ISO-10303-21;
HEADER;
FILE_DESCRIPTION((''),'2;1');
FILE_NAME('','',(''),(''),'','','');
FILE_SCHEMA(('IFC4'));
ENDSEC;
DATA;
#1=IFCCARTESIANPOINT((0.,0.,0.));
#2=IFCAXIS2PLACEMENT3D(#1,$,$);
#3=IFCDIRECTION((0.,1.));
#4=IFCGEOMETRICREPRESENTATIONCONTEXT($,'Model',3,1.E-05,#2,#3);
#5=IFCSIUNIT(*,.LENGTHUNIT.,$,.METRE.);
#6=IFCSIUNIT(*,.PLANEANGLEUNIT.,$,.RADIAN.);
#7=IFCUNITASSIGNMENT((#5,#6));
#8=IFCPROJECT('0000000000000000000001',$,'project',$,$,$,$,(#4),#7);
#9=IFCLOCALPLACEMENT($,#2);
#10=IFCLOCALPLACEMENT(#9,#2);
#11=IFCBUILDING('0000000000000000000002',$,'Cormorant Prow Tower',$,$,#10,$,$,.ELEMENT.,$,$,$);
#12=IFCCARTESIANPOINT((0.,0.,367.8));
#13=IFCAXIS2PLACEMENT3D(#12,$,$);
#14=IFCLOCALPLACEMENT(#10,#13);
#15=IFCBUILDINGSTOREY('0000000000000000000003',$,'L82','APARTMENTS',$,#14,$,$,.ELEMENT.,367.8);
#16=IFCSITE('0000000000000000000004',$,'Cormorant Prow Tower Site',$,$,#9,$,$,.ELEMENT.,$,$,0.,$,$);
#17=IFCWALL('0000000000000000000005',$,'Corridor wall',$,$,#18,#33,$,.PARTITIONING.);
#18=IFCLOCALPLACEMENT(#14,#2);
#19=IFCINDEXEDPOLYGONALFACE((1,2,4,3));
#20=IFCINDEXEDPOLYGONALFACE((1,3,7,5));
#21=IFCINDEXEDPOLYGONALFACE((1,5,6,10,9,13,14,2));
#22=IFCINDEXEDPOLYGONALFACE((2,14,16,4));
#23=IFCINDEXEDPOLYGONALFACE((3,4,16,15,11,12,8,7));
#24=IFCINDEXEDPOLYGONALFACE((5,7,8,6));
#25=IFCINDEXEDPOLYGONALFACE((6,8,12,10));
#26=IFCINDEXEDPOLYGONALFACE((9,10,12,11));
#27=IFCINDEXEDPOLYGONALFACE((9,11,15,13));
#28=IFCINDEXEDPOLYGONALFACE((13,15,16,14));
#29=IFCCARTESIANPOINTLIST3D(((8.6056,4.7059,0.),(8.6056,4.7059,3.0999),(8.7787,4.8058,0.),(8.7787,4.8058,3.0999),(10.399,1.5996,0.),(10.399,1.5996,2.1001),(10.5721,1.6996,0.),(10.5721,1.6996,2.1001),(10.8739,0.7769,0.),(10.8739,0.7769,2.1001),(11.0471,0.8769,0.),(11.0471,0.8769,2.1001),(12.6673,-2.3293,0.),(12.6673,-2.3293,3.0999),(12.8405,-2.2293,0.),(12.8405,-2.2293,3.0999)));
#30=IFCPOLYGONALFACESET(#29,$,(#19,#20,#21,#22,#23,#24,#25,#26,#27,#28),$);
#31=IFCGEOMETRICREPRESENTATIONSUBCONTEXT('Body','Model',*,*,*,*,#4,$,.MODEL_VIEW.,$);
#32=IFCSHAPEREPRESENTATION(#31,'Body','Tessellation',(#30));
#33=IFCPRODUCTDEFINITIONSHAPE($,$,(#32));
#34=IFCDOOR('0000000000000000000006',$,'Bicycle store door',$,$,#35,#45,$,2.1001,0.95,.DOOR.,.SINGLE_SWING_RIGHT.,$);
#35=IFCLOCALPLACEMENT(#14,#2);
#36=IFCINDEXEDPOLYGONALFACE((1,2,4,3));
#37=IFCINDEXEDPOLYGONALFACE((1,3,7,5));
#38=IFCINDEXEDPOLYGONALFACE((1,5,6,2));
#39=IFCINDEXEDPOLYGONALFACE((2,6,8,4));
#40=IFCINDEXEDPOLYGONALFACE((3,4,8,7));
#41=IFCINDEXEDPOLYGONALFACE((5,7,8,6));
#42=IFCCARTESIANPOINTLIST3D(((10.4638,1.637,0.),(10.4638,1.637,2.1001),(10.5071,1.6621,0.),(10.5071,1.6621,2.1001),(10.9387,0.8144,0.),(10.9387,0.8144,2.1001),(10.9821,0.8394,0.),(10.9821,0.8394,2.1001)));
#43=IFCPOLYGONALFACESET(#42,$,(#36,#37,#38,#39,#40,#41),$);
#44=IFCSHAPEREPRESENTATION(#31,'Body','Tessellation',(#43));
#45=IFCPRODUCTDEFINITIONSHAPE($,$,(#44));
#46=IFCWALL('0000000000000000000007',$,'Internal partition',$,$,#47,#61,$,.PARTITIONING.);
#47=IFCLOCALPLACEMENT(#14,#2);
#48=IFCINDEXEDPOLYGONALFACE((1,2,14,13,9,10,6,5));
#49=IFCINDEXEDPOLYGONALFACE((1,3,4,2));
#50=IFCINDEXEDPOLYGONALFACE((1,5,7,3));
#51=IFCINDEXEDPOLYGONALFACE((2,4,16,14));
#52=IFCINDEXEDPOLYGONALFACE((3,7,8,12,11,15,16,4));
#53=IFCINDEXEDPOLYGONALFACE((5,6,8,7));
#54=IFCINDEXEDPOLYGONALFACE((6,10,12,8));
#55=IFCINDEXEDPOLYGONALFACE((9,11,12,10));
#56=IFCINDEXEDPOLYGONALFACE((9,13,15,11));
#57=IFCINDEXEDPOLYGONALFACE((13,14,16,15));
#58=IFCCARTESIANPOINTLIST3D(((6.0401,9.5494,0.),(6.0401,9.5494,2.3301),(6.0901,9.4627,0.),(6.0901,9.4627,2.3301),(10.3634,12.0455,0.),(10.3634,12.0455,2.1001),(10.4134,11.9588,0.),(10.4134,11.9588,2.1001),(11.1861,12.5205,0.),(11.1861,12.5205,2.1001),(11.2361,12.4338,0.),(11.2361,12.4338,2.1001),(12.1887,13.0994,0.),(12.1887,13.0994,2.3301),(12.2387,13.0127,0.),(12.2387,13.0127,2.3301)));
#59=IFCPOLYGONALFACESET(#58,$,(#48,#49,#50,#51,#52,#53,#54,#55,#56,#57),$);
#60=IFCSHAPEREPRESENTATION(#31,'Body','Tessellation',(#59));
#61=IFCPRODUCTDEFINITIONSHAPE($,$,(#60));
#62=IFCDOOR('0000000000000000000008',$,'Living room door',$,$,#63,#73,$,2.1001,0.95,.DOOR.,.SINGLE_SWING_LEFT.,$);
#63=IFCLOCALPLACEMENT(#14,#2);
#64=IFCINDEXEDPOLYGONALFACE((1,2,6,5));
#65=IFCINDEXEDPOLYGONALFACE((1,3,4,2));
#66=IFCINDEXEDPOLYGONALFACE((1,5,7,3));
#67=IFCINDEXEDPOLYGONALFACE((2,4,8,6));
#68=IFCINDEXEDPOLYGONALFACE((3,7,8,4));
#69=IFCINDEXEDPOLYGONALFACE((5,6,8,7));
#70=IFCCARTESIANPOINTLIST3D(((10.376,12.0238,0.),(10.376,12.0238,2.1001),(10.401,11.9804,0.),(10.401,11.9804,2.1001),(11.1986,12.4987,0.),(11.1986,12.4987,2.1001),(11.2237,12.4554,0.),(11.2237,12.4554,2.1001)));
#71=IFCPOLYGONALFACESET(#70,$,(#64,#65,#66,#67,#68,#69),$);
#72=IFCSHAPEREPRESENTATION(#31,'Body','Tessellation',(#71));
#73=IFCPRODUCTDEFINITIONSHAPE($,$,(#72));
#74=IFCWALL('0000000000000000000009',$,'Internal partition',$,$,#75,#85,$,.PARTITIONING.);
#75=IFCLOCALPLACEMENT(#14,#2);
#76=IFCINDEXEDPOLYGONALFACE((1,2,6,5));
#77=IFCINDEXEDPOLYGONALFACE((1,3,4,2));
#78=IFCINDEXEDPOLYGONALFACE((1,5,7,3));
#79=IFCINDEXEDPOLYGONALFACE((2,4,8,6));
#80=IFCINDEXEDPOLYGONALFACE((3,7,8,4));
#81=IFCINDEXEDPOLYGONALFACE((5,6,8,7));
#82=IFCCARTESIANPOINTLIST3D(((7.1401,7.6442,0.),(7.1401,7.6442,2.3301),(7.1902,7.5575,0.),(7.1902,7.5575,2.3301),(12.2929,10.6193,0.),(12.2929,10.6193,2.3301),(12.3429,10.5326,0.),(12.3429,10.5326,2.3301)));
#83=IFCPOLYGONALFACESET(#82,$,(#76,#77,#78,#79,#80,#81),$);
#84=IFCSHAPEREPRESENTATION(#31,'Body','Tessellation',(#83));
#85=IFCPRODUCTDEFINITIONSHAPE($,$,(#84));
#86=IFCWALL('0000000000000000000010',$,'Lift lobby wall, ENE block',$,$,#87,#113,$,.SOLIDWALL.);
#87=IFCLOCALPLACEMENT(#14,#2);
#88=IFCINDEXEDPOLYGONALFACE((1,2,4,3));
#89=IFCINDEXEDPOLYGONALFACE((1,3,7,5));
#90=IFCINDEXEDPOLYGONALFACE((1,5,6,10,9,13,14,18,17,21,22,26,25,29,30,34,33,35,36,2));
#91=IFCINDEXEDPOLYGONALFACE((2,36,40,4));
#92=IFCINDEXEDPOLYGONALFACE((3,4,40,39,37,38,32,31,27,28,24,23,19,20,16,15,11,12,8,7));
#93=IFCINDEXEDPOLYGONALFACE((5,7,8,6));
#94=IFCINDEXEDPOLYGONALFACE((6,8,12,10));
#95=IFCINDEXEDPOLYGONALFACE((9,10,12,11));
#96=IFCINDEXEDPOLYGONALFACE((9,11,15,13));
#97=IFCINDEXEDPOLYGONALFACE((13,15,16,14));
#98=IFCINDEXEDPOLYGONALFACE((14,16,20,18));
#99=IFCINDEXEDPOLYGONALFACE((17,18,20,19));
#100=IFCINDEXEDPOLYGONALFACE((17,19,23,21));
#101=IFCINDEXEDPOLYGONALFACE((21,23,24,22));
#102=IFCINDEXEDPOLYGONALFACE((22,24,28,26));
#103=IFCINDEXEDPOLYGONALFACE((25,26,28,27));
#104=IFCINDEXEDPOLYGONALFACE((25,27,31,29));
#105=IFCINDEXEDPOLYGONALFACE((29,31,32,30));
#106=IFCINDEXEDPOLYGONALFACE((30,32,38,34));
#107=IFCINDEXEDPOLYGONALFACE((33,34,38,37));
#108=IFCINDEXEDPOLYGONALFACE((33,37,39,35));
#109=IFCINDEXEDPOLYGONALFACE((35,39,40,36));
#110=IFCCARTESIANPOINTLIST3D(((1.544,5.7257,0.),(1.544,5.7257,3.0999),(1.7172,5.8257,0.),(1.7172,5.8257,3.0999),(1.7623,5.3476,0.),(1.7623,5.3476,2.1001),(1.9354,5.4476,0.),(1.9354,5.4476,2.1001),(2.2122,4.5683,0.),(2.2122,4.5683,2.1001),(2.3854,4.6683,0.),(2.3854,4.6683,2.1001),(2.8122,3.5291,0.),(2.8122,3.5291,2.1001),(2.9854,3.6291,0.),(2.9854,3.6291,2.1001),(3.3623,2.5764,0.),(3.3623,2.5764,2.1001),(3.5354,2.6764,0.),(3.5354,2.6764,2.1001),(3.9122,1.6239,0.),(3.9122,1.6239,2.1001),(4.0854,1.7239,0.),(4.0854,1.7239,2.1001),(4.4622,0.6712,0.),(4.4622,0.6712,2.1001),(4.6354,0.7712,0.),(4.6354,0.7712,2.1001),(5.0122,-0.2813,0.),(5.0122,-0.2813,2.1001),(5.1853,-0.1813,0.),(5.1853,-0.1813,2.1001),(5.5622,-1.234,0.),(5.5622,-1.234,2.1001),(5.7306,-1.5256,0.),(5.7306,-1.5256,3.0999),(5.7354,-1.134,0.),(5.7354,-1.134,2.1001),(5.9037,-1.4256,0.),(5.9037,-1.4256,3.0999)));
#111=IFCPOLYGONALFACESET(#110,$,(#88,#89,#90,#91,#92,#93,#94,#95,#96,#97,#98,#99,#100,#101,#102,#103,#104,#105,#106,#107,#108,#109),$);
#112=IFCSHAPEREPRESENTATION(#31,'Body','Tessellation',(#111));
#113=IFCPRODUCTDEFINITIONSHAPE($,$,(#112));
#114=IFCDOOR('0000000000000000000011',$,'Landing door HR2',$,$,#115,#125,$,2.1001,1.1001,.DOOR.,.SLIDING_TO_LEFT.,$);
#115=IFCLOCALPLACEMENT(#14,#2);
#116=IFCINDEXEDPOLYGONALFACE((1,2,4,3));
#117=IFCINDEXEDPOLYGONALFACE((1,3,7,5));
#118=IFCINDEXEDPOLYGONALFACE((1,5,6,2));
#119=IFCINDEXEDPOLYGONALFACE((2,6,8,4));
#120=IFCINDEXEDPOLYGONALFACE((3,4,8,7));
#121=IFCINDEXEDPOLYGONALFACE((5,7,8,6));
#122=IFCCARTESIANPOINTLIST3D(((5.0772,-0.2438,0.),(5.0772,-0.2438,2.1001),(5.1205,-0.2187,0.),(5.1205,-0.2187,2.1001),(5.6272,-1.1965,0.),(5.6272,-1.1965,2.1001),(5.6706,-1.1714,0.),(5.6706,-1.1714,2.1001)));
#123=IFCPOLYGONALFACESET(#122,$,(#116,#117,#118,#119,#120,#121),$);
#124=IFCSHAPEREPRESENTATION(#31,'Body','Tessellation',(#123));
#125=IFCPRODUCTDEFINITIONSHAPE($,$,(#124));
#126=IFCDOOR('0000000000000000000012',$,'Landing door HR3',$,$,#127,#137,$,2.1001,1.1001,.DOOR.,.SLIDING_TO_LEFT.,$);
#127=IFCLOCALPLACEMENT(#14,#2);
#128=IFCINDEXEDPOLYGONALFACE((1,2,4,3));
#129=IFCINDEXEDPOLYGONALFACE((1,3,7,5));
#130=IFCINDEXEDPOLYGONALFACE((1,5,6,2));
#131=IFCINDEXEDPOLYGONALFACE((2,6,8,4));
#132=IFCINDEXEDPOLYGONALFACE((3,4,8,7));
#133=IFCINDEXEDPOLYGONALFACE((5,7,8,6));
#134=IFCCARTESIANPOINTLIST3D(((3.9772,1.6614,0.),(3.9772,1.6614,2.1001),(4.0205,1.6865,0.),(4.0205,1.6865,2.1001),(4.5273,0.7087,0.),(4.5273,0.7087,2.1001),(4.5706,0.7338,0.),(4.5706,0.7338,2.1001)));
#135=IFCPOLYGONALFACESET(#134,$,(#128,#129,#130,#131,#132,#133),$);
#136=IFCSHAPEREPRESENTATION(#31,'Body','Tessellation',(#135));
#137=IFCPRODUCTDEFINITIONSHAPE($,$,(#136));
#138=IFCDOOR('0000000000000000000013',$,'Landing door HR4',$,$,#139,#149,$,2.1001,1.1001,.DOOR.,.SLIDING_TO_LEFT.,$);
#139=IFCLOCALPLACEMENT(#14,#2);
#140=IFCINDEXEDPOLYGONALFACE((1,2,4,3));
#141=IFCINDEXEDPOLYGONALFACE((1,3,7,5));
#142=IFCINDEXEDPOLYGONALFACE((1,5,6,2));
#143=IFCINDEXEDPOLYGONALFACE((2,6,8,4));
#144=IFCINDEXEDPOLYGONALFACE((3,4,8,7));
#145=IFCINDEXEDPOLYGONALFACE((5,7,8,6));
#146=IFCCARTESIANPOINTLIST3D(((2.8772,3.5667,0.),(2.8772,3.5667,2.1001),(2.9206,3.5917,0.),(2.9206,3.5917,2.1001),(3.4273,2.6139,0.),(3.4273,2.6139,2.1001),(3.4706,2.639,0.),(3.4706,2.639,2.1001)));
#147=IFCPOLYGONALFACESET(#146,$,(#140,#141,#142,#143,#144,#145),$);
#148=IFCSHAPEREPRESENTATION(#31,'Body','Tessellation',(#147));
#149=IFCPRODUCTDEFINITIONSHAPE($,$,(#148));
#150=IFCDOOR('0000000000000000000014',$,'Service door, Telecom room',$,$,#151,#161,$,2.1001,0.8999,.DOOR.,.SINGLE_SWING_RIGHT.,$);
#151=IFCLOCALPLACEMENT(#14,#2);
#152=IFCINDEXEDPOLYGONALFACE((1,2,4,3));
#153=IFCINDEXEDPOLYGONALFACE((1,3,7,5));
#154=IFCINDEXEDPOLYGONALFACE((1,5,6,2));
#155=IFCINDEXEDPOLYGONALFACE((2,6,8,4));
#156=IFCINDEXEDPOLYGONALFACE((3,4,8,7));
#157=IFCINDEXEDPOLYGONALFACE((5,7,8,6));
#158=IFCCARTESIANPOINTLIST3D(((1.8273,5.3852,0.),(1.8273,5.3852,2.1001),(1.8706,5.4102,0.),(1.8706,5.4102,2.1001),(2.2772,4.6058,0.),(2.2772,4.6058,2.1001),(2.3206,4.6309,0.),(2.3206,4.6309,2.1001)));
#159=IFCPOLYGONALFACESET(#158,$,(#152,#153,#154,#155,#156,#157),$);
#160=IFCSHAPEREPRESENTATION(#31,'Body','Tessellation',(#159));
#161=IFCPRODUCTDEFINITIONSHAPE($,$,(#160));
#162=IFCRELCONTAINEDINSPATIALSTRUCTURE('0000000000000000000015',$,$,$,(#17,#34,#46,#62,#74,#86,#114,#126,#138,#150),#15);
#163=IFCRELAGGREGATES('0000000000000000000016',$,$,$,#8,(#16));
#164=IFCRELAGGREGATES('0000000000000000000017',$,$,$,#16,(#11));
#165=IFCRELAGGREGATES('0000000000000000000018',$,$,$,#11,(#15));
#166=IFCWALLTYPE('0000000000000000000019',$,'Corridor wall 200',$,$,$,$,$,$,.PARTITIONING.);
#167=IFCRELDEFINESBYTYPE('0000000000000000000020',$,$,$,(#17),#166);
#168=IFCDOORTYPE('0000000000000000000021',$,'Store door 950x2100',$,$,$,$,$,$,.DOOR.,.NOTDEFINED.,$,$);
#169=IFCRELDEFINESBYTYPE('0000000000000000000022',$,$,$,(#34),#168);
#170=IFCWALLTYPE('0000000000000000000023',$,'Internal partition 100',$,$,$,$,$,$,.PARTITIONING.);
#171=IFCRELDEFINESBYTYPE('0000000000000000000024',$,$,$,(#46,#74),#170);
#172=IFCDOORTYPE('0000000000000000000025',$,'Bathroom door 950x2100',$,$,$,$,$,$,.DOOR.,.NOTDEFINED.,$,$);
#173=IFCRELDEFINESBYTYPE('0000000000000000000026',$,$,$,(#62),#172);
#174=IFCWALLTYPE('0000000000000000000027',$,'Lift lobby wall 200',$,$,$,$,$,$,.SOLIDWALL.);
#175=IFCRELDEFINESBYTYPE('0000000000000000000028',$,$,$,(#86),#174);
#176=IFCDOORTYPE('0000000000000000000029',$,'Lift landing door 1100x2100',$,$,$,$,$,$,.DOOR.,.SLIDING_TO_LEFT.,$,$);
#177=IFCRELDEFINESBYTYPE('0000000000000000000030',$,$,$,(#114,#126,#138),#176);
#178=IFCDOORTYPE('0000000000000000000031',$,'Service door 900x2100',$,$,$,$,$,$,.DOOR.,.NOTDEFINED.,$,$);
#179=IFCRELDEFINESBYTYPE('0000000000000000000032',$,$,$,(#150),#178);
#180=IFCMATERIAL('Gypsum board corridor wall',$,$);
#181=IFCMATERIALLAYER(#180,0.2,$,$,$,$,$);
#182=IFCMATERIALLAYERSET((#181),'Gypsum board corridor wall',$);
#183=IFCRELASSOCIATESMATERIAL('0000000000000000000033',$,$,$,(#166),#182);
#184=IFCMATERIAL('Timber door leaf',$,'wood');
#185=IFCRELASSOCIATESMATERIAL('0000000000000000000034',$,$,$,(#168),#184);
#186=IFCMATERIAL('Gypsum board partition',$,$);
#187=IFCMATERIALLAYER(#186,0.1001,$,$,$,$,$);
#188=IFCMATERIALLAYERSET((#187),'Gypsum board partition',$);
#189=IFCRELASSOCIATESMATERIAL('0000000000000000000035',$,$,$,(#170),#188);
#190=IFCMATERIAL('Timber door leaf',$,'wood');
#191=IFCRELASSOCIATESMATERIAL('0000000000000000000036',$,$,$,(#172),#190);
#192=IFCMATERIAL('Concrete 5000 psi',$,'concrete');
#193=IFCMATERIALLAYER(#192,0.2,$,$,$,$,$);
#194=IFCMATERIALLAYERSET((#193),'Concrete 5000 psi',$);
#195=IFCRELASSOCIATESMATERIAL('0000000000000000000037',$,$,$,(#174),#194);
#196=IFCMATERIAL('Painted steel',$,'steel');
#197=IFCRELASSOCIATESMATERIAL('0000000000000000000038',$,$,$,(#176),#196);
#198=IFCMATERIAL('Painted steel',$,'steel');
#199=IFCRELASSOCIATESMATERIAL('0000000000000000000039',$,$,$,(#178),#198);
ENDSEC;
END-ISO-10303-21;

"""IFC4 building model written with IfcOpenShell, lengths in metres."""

from ifc_helpers import new_model, si_unit, direction, frame, frame_2d, origin, place, context, subcontext, project, spatial, rectangle, extrude, material, layer, layer_set, type_object, element, fill, save


model = new_model("IFC4")

# Units and contexts
model_context = context("Model", 3, precision=1e-05, world=origin(), true_north=direction((0.0, 1.0)))
body_context = subcontext(model_context, "Body", "Model", "MODEL_VIEW")
ifc_project = project(units=[si_unit("LENGTHUNIT", "METRE"), si_unit("PLANEANGLEUNIT", "RADIAN")], contexts=[model_context])

# Site, building, storey
site_placement = place(None, origin())
site = spatial("IfcSite", under=ifc_project, at=site_placement, Name="Cormorant Prow Tower Site", CompositionType="ELEMENT", RefElevation=0.0)
building_placement = place(site_placement, origin())
building = spatial("IfcBuilding", under=site, at=building_placement, Name="Cormorant Prow Tower", CompositionType="ELEMENT")
storey_placement = place(building_placement, frame((0.0, 0.0, 367.8)))
storey = spatial("IfcBuildingStorey", under=building, at=storey_placement, Name="L82", Description="APARTMENTS", CompositionType="ELEMENT", Elevation=367.8)

# Walls, openings, doors
ifc_material_1 = material(Name="Gypsum board corridor wall")
ifc_layer_1 = layer(ifc_material_1, 0.2)
ifc_layer_set_1 = layer_set([ifc_layer_1], Name="Gypsum board corridor wall")
wall_type_1 = type_object("IfcWallType", Name="Corridor wall 200", PredefinedType="PARTITIONING", material=ifc_layer_set_1)
wall_1_placement = place(storey_placement, frame((8.6921, 4.7559, 0.0), z_axis=(0.0, 0.0, 1.0), x_axis=(0.500002, -0.866024, 0.0)))
wall_1 = element("IfcWall", 1, at=wall_1_placement, inside=storey, type_object=wall_type_1, Name="Corridor wall", PredefinedType="PARTITIONING", context=body_context, shape_type="SweptSolid", body=[
    extrude(rectangle(XDim=8.1235, YDim=0.2, at=frame_2d((4.0618, 0.0))), origin(), (0.0, 0.0, 1.0), 3.0999),
])
opening_1_placement = place(wall_1_placement, frame((3.5867, 0.0, 0.0)))
opening_1 = element("IfcOpeningElement", 2, at=opening_1_placement, cuts=wall_1, PredefinedType="OPENING", context=body_context, shape_type="SweptSolid", body=[
    extrude(rectangle(XDim=0.95, YDim=2.1001, at=frame_2d((0.4751, 1.05))), frame((0.0, 0.1099, 0.0), z_axis=(0.0, -1.0, 0.0), x_axis=(1.0, 0.0, 0.0)), (0.0, 0.0, 1.0), 0.22),
])
ifc_material_2 = material(Name="Timber door leaf", Category="wood")
door_type_1 = type_object("IfcDoorType", Name="Store door 950x2100", OperationType="NOTDEFINED", PredefinedType="DOOR", material=ifc_material_2)
door_1_placement = place(opening_1_placement, origin())
door_1 = element("IfcDoor", 3, at=door_1_placement, inside=storey, type_object=door_type_1, Name="Bicycle store door", OperationType="SINGLE_SWING_RIGHT", OverallHeight=2.1001, OverallWidth=0.95, PredefinedType="DOOR", context=body_context, shape_type="SweptSolid", body=[
    extrude(rectangle(XDim=0.95, YDim=2.1001, at=frame_2d((0.4751, 1.05))), frame((0.0, 0.0249, 0.0), z_axis=(0.0, -1.0, 0.0), x_axis=(1.0, 0.0, 0.0)), (0.0, 0.0, 1.0), 0.05),
])
fill(opening_1, door_1)
ifc_material_3 = material(Name="Gypsum board partition")
ifc_layer_2 = layer(ifc_material_3, 0.1001)
ifc_layer_set_2 = layer_set([ifc_layer_2], Name="Gypsum board partition")
wall_type_2 = type_object("IfcWallType", Name="Internal partition 100", PredefinedType="PARTITIONING", material=ifc_layer_set_2)
wall_2_placement = place(storey_placement, frame((6.0652, 9.5061, 0.0), z_axis=(0.0, 0.0, 1.0), x_axis=(0.866019, 0.500011, 0.0)))
wall_2 = element("IfcWall", 4, at=wall_2_placement, inside=storey, type_object=wall_type_2, Name="Internal partition", PredefinedType="PARTITIONING", context=body_context, shape_type="SweptSolid", body=[
    extrude(rectangle(XDim=7.0999, YDim=0.1001, at=frame_2d((3.5498, 0.0))), origin(), (0.0, 0.0, 1.0), 2.3301),
])
opening_2_placement = place(wall_2_placement, frame((4.9919, 0.0, 0.0)))
opening_2 = element("IfcOpeningElement", 5, at=opening_2_placement, cuts=wall_2, PredefinedType="OPENING", context=body_context, shape_type="SweptSolid", body=[
    extrude(rectangle(XDim=0.95, YDim=2.1001, at=frame_2d((0.4751, 1.05))), frame((0.0, 0.0601, 0.0), z_axis=(0.0, -1.0, 0.0), x_axis=(1.0, 0.0, 0.0)), (0.0, 0.0, 1.0), 0.1201),
])
ifc_material_4 = material(Name="Timber door leaf", Category="wood")
door_type_2 = type_object("IfcDoorType", Name="Bathroom door 950x2100", OperationType="NOTDEFINED", PredefinedType="DOOR", material=ifc_material_4)
door_2_placement = place(opening_2_placement, origin())
door_2 = element("IfcDoor", 6, at=door_2_placement, inside=storey, type_object=door_type_2, Name="Living room door", OperationType="SINGLE_SWING_LEFT", OverallHeight=2.1001, OverallWidth=0.95, PredefinedType="DOOR", context=body_context, shape_type="SweptSolid", body=[
    extrude(rectangle(XDim=0.95, YDim=2.1001, at=frame_2d((0.4751, 1.05))), frame((0.0, 0.0249, 0.0), z_axis=(0.0, -1.0, 0.0), x_axis=(1.0, 0.0, 0.0)), (0.0, 0.0, 1.0), 0.05),
])
fill(opening_2, door_2)

# Wall
wall_3_placement = place(storey_placement, frame((7.165, 7.6008, 0.0), z_axis=(0.0, 0.0, 1.0), x_axis=(0.866017, 0.500014, 0.0)))
element("IfcWall", 7, at=wall_3_placement, inside=storey, type_object=wall_type_2, Name="Internal partition", PredefinedType="PARTITIONING", context=body_context, shape_type="SweptSolid", body=[
    extrude(rectangle(XDim=5.95, YDim=0.1001, at=frame_2d((2.9751, 0.0))), origin(), (0.0, 0.0, 1.0), 2.3301),
])

# Wall, openings, doors
ifc_material_5 = material(Name="Concrete 5000 psi", Category="concrete")
ifc_layer_3 = layer(ifc_material_5, 0.2)
ifc_layer_set_3 = layer_set([ifc_layer_3], Name="Concrete 5000 psi")
wall_type_3 = type_object("IfcWallType", Name="Lift lobby wall 200", PredefinedType="SOLIDWALL", material=ifc_layer_set_3)
wall_4_placement = place(storey_placement, frame((5.8171, -1.4756, 0.0), z_axis=(0.0, 0.0, 1.0), x_axis=(-0.500003, 0.866024, 0.0)))
wall_4 = element("IfcWall", 8, at=wall_4_placement, inside=storey, type_object=wall_type_3, Name="Lift lobby wall, ENE block", PredefinedType="SOLIDWALL", context=body_context, shape_type="SweptSolid", body=[
    extrude(rectangle(XDim=8.373, YDim=0.2, at=frame_2d((4.1865, 0.0))), origin(), (0.0, 0.0, 1.0), 3.0999),
])
opening_3_placement = place(wall_4_placement, frame((0.3367, 0.0, 0.0)))
opening_3 = element("IfcOpeningElement", 9, at=opening_3_placement, cuts=wall_4, PredefinedType="OPENING", context=body_context, shape_type="SweptSolid", body=[
    extrude(rectangle(XDim=1.1001, YDim=2.1001, at=frame_2d((0.55, 1.05))), frame((0.0, 0.1099, 0.0), z_axis=(0.0, -1.0, 0.0), x_axis=(1.0, 0.0, 0.0)), (0.0, 0.0, 1.0), 0.22),
])
opening_4_placement = place(wall_4_placement, frame((2.5366, 0.0, 0.0)))
opening_4 = element("IfcOpeningElement", 10, at=opening_4_placement, cuts=wall_4, PredefinedType="OPENING", context=body_context, shape_type="SweptSolid", body=[
    extrude(rectangle(XDim=1.1001, YDim=2.1001, at=frame_2d((0.55, 1.05))), frame((0.0, 0.1099, 0.0), z_axis=(0.0, -1.0, 0.0), x_axis=(1.0, 0.0, 0.0)), (0.0, 0.0, 1.0), 0.22),
])
opening_5_placement = place(wall_4_placement, frame((4.7366, 0.0, 0.0)))
opening_5 = element("IfcOpeningElement", 11, at=opening_5_placement, cuts=wall_4, PredefinedType="OPENING", context=body_context, shape_type="SweptSolid", body=[
    extrude(rectangle(XDim=1.1001, YDim=2.1001, at=frame_2d((0.55, 1.05))), frame((0.0, 0.1099, 0.0), z_axis=(0.0, -1.0, 0.0), x_axis=(1.0, 0.0, 0.0)), (0.0, 0.0, 1.0), 0.22),
])
opening_6_placement = place(wall_4_placement, frame((7.0366, 0.0, 0.0)))
opening_6 = element("IfcOpeningElement", 12, at=opening_6_placement, cuts=wall_4, PredefinedType="OPENING", context=body_context, shape_type="SweptSolid", body=[
    extrude(rectangle(XDim=0.8999, YDim=2.1001, at=frame_2d((0.45, 1.05))), frame((0.0, 0.1099, 0.0), z_axis=(0.0, -1.0, 0.0), x_axis=(1.0, 0.0, 0.0)), (0.0, 0.0, 1.0), 0.22),
])
ifc_material_6 = material(Name="Painted steel", Category="steel")
door_type_3 = type_object("IfcDoorType", Name="Lift landing door 1100x2100", OperationType="SLIDING_TO_LEFT", PredefinedType="DOOR", material=ifc_material_6)
door_3_placement = place(opening_3_placement, origin())
door_3 = element("IfcDoor", 13, at=door_3_placement, inside=storey, type_object=door_type_3, Name="Landing door HR2", OperationType="SLIDING_TO_LEFT", OverallHeight=2.1001, OverallWidth=1.1001, PredefinedType="DOOR", context=body_context, shape_type="SweptSolid", body=[
    extrude(rectangle(XDim=1.1001, YDim=2.1001, at=frame_2d((0.55, 1.05))), frame((0.0, 0.0249, 0.0), z_axis=(0.0, -1.0, 0.0), x_axis=(1.0, 0.0, 0.0)), (0.0, 0.0, 1.0), 0.05),
])
fill(opening_3, door_3)
door_4_placement = place(opening_4_placement, origin())
door_4 = element("IfcDoor", 14, at=door_4_placement, inside=storey, type_object=door_type_3, Name="Landing door HR3", OperationType="SLIDING_TO_LEFT", OverallHeight=2.1001, OverallWidth=1.1001, PredefinedType="DOOR", context=body_context, shape_type="SweptSolid", body=[
    extrude(rectangle(XDim=1.1001, YDim=2.1001, at=frame_2d((0.55, 1.05))), frame((0.0, 0.0249, 0.0), z_axis=(0.0, -1.0, 0.0), x_axis=(1.0, 0.0, 0.0)), (0.0, 0.0, 1.0), 0.05),
])
fill(opening_4, door_4)
door_5_placement = place(opening_5_placement, origin())
door_5 = element("IfcDoor", 15, at=door_5_placement, inside=storey, type_object=door_type_3, Name="Landing door HR4", OperationType="SLIDING_TO_LEFT", OverallHeight=2.1001, OverallWidth=1.1001, PredefinedType="DOOR", context=body_context, shape_type="SweptSolid", body=[
    extrude(rectangle(XDim=1.1001, YDim=2.1001, at=frame_2d((0.55, 1.05))), frame((0.0, 0.0249, 0.0), z_axis=(0.0, -1.0, 0.0), x_axis=(1.0, 0.0, 0.0)), (0.0, 0.0, 1.0), 0.05),
])
fill(opening_5, door_5)
ifc_material_7 = material(Name="Painted steel", Category="steel")
door_type_4 = type_object("IfcDoorType", Name="Service door 900x2100", OperationType="NOTDEFINED", PredefinedType="DOOR", material=ifc_material_7)
door_6_placement = place(opening_6_placement, origin())
door_6 = element("IfcDoor", 16, at=door_6_placement, inside=storey, type_object=door_type_4, Name="Service door, Telecom room", OperationType="SINGLE_SWING_RIGHT", OverallHeight=2.1001, OverallWidth=0.8999, PredefinedType="DOOR", context=body_context, shape_type="SweptSolid", body=[
    extrude(rectangle(XDim=0.8999, YDim=2.1001, at=frame_2d((0.45, 1.05))), frame((0.0, 0.0249, 0.0), z_axis=(0.0, -1.0, 0.0), x_axis=(1.0, 0.0, 0.0)), (0.0, 0.0, 1.0), 0.05),
])
fill(opening_6, door_6)

save(model, "model.ifc")
